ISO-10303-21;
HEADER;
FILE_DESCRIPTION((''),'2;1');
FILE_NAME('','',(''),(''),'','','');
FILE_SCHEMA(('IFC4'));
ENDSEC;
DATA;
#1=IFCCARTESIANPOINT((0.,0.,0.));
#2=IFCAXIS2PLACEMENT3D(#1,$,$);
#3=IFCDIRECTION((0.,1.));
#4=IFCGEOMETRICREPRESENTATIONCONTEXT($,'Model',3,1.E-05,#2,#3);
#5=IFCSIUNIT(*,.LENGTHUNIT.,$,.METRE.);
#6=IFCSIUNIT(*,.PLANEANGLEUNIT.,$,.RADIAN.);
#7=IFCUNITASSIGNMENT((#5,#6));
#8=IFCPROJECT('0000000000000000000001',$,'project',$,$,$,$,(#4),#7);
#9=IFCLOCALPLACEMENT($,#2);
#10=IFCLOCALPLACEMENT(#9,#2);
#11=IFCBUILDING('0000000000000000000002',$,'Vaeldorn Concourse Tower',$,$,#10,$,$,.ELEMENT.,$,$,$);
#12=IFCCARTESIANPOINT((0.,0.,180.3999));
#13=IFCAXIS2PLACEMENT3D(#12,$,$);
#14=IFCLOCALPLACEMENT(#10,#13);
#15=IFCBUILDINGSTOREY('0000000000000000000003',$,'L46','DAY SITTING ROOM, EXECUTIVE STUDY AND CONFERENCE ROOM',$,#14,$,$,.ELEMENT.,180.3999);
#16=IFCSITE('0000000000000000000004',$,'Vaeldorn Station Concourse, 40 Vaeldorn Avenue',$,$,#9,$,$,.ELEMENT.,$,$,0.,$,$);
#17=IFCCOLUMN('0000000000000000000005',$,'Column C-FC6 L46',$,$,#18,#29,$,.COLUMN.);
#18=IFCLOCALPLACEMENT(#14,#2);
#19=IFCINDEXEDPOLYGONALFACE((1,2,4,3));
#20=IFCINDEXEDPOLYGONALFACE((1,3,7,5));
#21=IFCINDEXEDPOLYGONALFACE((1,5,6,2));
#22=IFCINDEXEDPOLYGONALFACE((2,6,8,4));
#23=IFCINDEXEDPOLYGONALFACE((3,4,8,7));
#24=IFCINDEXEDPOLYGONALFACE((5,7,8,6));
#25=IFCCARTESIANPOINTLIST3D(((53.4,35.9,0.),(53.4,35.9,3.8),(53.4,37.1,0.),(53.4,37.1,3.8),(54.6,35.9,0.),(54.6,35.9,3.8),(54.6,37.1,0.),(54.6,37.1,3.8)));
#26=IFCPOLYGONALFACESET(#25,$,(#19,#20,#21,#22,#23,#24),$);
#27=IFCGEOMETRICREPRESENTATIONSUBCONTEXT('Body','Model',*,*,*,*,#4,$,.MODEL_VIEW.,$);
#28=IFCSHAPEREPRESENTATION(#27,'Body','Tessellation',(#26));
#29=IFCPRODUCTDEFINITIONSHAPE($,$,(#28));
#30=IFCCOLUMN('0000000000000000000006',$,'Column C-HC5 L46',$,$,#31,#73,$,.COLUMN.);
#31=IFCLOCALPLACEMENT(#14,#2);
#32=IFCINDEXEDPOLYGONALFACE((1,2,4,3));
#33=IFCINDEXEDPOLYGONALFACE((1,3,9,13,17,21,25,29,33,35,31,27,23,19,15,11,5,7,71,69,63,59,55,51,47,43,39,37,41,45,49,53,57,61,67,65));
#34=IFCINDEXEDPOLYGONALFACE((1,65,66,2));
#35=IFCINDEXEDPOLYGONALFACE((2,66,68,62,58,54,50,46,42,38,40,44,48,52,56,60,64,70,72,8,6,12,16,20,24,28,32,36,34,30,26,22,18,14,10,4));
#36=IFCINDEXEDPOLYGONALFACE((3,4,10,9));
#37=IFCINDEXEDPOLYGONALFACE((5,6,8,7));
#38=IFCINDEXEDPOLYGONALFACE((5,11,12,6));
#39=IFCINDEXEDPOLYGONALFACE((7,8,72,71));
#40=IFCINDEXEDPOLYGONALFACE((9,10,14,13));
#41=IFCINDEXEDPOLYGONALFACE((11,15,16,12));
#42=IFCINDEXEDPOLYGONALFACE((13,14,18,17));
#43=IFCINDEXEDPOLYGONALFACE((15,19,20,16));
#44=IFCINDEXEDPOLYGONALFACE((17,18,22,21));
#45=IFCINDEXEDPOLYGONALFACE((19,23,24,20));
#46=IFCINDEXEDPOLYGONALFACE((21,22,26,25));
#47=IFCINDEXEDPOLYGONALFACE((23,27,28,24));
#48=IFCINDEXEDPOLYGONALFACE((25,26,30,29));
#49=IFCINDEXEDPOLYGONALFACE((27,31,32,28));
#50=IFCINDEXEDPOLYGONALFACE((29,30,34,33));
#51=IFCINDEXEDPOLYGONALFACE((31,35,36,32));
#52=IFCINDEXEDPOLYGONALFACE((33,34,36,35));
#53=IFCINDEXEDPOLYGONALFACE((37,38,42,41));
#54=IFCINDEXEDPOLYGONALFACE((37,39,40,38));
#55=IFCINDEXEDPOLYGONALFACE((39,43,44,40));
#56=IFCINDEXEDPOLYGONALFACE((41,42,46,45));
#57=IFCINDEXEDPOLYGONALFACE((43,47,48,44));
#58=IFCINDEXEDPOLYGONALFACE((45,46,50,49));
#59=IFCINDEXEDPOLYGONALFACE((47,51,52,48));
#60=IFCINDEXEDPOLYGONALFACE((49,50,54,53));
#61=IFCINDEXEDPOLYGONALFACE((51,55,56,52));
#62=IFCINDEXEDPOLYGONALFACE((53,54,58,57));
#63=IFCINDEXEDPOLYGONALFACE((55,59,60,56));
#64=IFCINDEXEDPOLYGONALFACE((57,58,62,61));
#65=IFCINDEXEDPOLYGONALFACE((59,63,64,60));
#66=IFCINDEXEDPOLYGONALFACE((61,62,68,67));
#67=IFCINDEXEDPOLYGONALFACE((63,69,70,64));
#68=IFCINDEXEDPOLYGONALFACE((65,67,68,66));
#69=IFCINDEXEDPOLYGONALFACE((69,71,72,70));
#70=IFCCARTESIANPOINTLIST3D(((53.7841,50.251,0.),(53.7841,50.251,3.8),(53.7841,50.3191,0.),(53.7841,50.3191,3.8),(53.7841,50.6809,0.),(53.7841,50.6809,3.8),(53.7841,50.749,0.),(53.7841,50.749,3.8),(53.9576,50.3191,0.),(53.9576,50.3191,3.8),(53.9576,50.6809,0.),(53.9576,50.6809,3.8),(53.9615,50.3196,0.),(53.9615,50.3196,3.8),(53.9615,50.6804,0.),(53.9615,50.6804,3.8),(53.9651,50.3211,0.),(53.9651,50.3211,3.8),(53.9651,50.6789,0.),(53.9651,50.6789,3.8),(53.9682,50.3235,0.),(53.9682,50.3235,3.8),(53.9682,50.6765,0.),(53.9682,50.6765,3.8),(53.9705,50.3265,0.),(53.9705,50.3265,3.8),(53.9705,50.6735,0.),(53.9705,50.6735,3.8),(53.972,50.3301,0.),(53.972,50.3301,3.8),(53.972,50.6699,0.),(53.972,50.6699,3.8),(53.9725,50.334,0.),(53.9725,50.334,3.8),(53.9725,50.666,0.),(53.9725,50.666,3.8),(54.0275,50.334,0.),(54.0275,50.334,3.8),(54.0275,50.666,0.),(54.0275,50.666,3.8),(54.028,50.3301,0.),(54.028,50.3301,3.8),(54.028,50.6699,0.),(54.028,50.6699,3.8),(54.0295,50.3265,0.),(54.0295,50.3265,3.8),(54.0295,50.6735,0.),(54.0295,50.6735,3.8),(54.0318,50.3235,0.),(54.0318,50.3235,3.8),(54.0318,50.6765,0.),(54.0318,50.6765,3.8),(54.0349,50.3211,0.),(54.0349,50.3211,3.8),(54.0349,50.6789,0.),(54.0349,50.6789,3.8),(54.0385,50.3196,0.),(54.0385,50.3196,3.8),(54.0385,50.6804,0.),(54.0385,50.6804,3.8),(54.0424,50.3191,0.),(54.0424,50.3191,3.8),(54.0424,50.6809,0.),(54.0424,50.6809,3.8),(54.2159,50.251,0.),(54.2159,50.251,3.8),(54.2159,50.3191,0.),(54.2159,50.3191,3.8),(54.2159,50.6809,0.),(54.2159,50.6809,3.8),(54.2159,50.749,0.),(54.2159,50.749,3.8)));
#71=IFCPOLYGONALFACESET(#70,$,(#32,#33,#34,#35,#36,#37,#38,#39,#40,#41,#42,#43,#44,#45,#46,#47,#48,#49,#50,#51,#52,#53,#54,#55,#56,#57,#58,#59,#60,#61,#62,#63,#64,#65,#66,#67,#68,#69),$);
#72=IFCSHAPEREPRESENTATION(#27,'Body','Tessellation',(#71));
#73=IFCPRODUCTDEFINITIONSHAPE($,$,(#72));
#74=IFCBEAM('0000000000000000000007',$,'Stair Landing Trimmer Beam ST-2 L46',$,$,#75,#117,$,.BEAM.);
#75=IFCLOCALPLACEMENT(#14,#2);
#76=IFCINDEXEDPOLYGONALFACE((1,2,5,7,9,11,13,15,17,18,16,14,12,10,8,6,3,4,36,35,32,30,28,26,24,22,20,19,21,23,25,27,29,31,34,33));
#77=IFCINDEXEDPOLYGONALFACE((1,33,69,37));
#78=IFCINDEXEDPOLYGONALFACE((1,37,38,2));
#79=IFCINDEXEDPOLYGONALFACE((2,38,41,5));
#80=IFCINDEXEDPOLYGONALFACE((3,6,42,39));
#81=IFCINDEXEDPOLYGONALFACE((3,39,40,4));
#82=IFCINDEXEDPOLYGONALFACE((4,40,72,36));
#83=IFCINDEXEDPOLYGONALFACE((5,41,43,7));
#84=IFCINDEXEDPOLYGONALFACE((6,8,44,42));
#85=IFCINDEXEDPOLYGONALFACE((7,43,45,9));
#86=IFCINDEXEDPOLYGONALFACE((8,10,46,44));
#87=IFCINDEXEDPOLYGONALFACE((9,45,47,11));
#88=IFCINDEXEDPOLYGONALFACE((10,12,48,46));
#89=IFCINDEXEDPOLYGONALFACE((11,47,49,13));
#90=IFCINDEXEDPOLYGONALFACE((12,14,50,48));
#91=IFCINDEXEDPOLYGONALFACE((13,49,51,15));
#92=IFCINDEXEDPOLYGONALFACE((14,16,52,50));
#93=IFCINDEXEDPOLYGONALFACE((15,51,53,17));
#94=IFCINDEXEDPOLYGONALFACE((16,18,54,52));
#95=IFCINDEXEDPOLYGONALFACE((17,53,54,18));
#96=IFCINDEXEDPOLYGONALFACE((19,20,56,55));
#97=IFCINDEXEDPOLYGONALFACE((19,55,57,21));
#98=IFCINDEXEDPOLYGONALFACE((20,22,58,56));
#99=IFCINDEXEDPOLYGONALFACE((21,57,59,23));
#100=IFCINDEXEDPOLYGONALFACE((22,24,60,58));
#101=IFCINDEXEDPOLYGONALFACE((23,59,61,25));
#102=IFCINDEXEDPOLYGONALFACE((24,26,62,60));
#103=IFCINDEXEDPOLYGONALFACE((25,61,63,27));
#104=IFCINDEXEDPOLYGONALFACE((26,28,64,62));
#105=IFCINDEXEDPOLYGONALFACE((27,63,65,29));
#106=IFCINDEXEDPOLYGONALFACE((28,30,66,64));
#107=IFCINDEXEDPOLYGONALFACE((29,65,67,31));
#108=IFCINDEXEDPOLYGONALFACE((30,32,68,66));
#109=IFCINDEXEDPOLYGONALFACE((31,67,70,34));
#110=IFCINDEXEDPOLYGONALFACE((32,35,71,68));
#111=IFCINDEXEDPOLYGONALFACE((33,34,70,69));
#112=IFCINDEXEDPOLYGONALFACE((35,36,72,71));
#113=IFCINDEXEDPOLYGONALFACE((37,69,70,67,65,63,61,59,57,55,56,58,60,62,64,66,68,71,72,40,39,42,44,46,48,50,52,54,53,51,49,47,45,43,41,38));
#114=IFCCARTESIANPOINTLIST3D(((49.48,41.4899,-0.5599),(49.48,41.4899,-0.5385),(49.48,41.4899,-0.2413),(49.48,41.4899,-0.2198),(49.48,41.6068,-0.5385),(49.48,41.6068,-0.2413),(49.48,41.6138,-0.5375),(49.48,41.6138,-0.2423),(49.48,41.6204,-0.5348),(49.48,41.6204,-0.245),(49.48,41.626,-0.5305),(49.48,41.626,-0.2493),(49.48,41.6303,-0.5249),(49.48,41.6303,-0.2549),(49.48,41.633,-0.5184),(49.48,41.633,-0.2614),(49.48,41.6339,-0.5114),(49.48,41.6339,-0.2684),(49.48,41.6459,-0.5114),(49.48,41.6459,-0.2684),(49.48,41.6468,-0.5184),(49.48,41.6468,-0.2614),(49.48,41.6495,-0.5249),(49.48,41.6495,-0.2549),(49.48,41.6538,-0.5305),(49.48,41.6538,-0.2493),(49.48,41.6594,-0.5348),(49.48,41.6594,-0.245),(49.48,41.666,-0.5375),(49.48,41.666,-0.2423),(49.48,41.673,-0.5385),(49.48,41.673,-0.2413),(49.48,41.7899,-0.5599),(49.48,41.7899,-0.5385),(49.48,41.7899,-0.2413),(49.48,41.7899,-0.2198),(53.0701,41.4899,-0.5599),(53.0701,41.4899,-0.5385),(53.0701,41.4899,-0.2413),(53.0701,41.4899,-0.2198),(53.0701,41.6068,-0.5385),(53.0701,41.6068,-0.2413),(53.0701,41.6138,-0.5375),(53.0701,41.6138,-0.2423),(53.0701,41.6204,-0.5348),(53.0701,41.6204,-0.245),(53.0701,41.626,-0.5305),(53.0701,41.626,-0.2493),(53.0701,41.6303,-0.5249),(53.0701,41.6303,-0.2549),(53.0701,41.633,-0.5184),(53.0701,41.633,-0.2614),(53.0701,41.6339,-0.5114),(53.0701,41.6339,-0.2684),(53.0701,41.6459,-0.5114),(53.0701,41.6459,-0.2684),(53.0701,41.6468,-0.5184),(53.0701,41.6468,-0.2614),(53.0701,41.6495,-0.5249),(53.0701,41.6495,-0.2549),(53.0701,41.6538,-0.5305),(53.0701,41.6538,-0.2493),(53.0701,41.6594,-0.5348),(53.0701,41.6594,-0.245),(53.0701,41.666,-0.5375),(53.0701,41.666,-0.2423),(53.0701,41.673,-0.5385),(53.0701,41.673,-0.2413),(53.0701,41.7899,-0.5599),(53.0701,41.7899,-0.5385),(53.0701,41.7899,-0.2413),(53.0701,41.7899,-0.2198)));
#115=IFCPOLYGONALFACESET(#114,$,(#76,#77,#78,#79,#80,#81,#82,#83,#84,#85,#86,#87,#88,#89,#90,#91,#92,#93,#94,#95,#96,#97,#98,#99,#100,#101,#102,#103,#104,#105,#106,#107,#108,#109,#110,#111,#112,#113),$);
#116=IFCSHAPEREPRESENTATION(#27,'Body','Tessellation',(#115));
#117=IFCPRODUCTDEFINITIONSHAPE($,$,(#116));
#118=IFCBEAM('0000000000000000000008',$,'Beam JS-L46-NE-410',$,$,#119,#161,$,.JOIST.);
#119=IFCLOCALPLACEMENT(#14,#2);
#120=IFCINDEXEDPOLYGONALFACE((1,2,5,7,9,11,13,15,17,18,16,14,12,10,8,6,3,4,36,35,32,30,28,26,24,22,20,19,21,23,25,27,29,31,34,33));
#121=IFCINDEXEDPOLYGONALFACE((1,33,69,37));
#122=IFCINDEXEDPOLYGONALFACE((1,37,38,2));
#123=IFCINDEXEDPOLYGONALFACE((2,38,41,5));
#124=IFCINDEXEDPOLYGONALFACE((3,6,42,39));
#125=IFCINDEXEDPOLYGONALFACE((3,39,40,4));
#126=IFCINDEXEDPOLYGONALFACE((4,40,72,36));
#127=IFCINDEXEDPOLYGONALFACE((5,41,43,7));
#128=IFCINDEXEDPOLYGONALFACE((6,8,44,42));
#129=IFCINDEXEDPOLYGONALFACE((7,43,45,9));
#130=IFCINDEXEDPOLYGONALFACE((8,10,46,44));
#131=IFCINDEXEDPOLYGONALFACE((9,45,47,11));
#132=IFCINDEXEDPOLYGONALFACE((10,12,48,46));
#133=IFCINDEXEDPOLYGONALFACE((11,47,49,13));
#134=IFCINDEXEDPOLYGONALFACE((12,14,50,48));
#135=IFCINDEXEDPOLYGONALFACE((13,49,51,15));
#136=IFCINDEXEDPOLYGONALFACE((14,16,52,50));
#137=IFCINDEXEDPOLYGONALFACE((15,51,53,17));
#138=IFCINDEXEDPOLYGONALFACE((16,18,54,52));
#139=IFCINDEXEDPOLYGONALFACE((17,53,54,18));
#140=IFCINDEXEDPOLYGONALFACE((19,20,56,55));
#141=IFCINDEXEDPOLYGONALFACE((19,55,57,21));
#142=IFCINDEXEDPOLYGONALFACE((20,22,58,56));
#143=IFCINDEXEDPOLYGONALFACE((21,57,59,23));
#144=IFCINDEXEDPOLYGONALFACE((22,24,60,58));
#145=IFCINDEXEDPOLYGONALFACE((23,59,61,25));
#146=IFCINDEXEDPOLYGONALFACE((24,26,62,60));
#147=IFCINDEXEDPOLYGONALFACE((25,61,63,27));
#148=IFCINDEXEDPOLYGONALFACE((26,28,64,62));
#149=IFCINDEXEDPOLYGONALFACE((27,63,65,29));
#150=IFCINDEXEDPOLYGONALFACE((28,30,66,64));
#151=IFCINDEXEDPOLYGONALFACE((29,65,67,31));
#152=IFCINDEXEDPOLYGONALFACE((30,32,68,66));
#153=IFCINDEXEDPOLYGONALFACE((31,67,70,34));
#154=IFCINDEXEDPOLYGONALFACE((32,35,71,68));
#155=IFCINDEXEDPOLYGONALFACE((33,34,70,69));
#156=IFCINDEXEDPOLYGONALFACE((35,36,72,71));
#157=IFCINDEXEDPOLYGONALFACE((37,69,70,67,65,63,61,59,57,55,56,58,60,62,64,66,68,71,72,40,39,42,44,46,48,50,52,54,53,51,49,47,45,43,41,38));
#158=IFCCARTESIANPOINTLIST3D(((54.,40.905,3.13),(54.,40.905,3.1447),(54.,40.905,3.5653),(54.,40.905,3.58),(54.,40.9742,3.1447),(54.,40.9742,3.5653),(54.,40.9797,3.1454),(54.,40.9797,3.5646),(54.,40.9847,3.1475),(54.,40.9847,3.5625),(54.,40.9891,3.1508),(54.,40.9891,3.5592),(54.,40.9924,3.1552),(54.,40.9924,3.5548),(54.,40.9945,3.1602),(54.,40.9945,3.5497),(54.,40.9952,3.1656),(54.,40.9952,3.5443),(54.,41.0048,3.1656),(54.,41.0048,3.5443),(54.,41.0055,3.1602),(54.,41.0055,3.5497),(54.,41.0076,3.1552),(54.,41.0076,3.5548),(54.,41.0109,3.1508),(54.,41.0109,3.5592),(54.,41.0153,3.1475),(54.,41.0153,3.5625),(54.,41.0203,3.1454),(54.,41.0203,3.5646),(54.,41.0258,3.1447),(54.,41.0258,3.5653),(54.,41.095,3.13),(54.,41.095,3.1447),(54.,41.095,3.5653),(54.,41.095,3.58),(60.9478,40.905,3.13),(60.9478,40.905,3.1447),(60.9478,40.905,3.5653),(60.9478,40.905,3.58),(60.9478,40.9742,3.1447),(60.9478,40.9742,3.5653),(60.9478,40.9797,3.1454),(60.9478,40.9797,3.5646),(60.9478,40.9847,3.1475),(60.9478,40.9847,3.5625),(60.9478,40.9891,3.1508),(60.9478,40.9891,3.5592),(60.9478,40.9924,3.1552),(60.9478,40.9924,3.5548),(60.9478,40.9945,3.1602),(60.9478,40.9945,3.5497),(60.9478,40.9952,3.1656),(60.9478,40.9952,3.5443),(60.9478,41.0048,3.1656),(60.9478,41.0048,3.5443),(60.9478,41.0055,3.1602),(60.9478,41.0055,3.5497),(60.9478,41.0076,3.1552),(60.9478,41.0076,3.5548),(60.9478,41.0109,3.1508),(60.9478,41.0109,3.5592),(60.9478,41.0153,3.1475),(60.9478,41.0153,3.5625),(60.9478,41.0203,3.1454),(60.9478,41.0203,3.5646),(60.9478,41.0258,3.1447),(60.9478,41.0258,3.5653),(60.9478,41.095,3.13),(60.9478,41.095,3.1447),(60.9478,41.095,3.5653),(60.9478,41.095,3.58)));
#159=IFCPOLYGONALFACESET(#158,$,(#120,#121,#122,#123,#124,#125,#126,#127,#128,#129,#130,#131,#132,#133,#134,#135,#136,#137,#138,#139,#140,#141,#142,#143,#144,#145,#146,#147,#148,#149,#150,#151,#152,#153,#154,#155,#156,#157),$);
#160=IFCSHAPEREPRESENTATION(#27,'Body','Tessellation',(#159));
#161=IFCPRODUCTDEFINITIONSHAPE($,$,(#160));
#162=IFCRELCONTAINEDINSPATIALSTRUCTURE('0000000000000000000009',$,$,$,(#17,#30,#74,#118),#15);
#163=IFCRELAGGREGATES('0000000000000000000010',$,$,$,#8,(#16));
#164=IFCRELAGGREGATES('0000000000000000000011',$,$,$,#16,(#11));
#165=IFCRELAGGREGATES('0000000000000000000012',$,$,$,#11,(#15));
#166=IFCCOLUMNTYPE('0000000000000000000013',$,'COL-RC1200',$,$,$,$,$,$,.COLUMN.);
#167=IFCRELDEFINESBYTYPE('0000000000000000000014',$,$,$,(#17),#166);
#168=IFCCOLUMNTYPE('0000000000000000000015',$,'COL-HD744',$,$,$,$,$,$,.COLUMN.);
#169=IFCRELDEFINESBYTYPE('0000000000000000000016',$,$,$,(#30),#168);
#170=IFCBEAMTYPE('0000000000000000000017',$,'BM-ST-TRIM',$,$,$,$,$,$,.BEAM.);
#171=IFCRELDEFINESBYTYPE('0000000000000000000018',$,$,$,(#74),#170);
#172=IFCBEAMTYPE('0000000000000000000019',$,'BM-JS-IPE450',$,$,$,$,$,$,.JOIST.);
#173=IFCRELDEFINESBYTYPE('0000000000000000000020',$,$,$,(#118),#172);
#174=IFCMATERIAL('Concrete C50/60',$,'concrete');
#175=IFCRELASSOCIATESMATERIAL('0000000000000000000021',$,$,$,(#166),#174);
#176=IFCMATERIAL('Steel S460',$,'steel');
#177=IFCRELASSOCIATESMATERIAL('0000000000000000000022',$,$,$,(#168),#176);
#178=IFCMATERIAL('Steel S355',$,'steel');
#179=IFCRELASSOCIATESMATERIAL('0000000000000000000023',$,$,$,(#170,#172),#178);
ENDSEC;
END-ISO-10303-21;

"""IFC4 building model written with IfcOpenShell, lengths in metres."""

from ifc_helpers import new_model, si_unit, direction, frame, origin, origin_2d, place, context, subcontext, project, spatial, rectangle, i_section, extrude, source, transform, mapped, material, material_profile, profile_set, type_object, element, save


model = new_model("IFC4")

# Units and contexts
model_context = context("Model", 3, precision=1e-05, world=origin(), true_north=direction((0.0, 1.0)))
body_context = subcontext(model_context, "Body", "Model", "MODEL_VIEW")
ifc_project = project(units=[si_unit("LENGTHUNIT", "METRE"), si_unit("PLANEANGLEUNIT", "RADIAN")], contexts=[model_context])

# Site, building, storey
site_placement = place(None, origin())
site = spatial("IfcSite", under=ifc_project, at=site_placement, Name="Vaeldorn Station Concourse, 40 Vaeldorn Avenue", CompositionType="ELEMENT", RefElevation=0.0)
building_placement = place(site_placement, origin())
building = spatial("IfcBuilding", under=site, at=building_placement, Name="Vaeldorn Concourse Tower", CompositionType="ELEMENT")
storey_placement = place(building_placement, frame((0.0, 0.0, 180.3999)))
storey = spatial("IfcBuildingStorey", under=building, at=storey_placement, Name="L46", Description="DAY SITTING ROOM, EXECUTIVE STUDY AND CONFERENCE ROOM", CompositionType="ELEMENT", Elevation=180.3999)

# Columns
ifc_material_1 = material(Name="Concrete C50/60", Category="concrete")
ifc_material_profile_1 = material_profile(ifc_material_1, rectangle(XDim=1.2, YDim=1.2, at=origin_2d()), Name="RC 1200x1200")
ifc_profile_set_1 = profile_set([ifc_material_profile_1], Name="Concrete C50/60")
column_type_1 = type_object("IfcColumnType", Name="COL-RC1200", PredefinedType="COLUMN", material=ifc_profile_set_1)
shared_shape_1 = source(origin(), body_context, "Body", "SweptSolid", [
    extrude(rectangle(XDim=1.2, YDim=1.2, at=origin_2d()), origin(), (0.0, 0.0, 1.0), 3.8),
])
column_1_placement = place(storey_placement, frame((54.0, 36.5, 0.0), z_axis=(0.0, 0.0, 1.0), x_axis=(1.0, 0.0, 0.0)))
element("IfcColumn", 1, at=column_1_placement, inside=storey, type_object=column_type_1, Name="Column C-FC6 L46", PredefinedType="COLUMN", context=body_context, shape_type="MappedRepresentation", body=[
    mapped(shared_shape_1, transform((0.0, 0.0, 0.0), scale=1.0)),
])
ifc_material_2 = material(Name="Steel S460", Category="steel")
ifc_material_profile_2 = material_profile(ifc_material_2, i_section(OverallWidth=0.4319, OverallDepth=0.498, WebThickness=0.0549, FlangeThickness=0.0681, FilletRadius=0.0149, at=origin_2d()), Name="HD 400x744")
ifc_profile_set_2 = profile_set([ifc_material_profile_2], Name="Steel S460")
column_type_2 = type_object("IfcColumnType", Name="COL-HD744", PredefinedType="COLUMN", material=ifc_profile_set_2)
shared_shape_2 = source(origin(), body_context, "Body", "SweptSolid", [
    extrude(i_section(OverallWidth=0.4319, OverallDepth=0.498, WebThickness=0.0549, FlangeThickness=0.0681, FilletRadius=0.0149, at=origin_2d()), origin(), (0.0, 0.0, 1.0), 3.8),
])
column_2_placement = place(storey_placement, frame((54.0, 50.5, 0.0), z_axis=(0.0, 0.0, 1.0), x_axis=(1.0, 0.0, 0.0)))
element("IfcColumn", 2, at=column_2_placement, inside=storey, type_object=column_type_2, Name="Column C-HC5 L46", PredefinedType="COLUMN", context=body_context, shape_type="MappedRepresentation", body=[
    mapped(shared_shape_2, transform((0.0, 0.0, 0.0), scale=1.0)),
])

# Beams
ifc_material_3 = material(Name="Steel S355", Category="steel")
ifc_material_profile_3 = material_profile(ifc_material_3, i_section(OverallWidth=0.3, OverallDepth=0.3401, WebThickness=0.012, FlangeThickness=0.0215, FilletRadius=0.0271, at=origin_2d()), Name="HEB 340")
ifc_profile_set_3 = profile_set([ifc_material_profile_3], Name="Steel S355")
beam_type_1 = type_object("IfcBeamType", Name="BM-ST-TRIM", PredefinedType="BEAM", material=ifc_profile_set_3)
shared_shape_3 = source(origin(), body_context, "Body", "SweptSolid", [
    extrude(i_section(OverallWidth=0.3, OverallDepth=0.3401, WebThickness=0.012, FlangeThickness=0.0215, FilletRadius=0.0271, at=origin_2d()), origin(), (0.0, 0.0, 1.0), 3.5901),
])
beam_1_placement = place(storey_placement, frame((49.48, 41.6399, -0.3899), z_axis=(1.0, 0.0, 0.0), x_axis=(0.0, 1.0, 0.0)))
element("IfcBeam", 3, at=beam_1_placement, inside=storey, type_object=beam_type_1, Name="Stair Landing Trimmer Beam ST-2 L46", PredefinedType="BEAM", context=body_context, shape_type="MappedRepresentation", body=[
    mapped(shared_shape_3, transform((0.0, 0.0, 0.0), scale=1.0)),
])
ifc_material_profile_4 = material_profile(ifc_material_3, i_section(OverallWidth=0.1899, OverallDepth=0.45, WebThickness=0.0095, FlangeThickness=0.0146, FilletRadius=0.021, at=origin_2d()), Name="IPE 450")
ifc_profile_set_4 = profile_set([ifc_material_profile_4], Name="Steel S355")
beam_type_2 = type_object("IfcBeamType", Name="BM-JS-IPE450", PredefinedType="JOIST", material=ifc_profile_set_4)
shared_shape_4 = source(origin(), body_context, "Body", "SweptSolid", [
    extrude(i_section(OverallWidth=0.1899, OverallDepth=0.45, WebThickness=0.0095, FlangeThickness=0.0146, FilletRadius=0.021, at=origin_2d()), origin(), (0.0, 0.0, 1.0), 6.9478),
])
beam_2_placement = place(storey_placement, frame((54.0, 41.0, 3.355), z_axis=(1.0, 0.0, 0.0), x_axis=(0.0, 1.0, 0.0)))
element("IfcBeam", 4, at=beam_2_placement, inside=storey, type_object=beam_type_2, Name="Beam JS-L46-NE-410", PredefinedType="JOIST", context=body_context, shape_type="MappedRepresentation", body=[
    mapped(shared_shape_4, transform((0.0, 0.0, 0.0), scale=1.0)),
])

save(model, "model.ifc")
